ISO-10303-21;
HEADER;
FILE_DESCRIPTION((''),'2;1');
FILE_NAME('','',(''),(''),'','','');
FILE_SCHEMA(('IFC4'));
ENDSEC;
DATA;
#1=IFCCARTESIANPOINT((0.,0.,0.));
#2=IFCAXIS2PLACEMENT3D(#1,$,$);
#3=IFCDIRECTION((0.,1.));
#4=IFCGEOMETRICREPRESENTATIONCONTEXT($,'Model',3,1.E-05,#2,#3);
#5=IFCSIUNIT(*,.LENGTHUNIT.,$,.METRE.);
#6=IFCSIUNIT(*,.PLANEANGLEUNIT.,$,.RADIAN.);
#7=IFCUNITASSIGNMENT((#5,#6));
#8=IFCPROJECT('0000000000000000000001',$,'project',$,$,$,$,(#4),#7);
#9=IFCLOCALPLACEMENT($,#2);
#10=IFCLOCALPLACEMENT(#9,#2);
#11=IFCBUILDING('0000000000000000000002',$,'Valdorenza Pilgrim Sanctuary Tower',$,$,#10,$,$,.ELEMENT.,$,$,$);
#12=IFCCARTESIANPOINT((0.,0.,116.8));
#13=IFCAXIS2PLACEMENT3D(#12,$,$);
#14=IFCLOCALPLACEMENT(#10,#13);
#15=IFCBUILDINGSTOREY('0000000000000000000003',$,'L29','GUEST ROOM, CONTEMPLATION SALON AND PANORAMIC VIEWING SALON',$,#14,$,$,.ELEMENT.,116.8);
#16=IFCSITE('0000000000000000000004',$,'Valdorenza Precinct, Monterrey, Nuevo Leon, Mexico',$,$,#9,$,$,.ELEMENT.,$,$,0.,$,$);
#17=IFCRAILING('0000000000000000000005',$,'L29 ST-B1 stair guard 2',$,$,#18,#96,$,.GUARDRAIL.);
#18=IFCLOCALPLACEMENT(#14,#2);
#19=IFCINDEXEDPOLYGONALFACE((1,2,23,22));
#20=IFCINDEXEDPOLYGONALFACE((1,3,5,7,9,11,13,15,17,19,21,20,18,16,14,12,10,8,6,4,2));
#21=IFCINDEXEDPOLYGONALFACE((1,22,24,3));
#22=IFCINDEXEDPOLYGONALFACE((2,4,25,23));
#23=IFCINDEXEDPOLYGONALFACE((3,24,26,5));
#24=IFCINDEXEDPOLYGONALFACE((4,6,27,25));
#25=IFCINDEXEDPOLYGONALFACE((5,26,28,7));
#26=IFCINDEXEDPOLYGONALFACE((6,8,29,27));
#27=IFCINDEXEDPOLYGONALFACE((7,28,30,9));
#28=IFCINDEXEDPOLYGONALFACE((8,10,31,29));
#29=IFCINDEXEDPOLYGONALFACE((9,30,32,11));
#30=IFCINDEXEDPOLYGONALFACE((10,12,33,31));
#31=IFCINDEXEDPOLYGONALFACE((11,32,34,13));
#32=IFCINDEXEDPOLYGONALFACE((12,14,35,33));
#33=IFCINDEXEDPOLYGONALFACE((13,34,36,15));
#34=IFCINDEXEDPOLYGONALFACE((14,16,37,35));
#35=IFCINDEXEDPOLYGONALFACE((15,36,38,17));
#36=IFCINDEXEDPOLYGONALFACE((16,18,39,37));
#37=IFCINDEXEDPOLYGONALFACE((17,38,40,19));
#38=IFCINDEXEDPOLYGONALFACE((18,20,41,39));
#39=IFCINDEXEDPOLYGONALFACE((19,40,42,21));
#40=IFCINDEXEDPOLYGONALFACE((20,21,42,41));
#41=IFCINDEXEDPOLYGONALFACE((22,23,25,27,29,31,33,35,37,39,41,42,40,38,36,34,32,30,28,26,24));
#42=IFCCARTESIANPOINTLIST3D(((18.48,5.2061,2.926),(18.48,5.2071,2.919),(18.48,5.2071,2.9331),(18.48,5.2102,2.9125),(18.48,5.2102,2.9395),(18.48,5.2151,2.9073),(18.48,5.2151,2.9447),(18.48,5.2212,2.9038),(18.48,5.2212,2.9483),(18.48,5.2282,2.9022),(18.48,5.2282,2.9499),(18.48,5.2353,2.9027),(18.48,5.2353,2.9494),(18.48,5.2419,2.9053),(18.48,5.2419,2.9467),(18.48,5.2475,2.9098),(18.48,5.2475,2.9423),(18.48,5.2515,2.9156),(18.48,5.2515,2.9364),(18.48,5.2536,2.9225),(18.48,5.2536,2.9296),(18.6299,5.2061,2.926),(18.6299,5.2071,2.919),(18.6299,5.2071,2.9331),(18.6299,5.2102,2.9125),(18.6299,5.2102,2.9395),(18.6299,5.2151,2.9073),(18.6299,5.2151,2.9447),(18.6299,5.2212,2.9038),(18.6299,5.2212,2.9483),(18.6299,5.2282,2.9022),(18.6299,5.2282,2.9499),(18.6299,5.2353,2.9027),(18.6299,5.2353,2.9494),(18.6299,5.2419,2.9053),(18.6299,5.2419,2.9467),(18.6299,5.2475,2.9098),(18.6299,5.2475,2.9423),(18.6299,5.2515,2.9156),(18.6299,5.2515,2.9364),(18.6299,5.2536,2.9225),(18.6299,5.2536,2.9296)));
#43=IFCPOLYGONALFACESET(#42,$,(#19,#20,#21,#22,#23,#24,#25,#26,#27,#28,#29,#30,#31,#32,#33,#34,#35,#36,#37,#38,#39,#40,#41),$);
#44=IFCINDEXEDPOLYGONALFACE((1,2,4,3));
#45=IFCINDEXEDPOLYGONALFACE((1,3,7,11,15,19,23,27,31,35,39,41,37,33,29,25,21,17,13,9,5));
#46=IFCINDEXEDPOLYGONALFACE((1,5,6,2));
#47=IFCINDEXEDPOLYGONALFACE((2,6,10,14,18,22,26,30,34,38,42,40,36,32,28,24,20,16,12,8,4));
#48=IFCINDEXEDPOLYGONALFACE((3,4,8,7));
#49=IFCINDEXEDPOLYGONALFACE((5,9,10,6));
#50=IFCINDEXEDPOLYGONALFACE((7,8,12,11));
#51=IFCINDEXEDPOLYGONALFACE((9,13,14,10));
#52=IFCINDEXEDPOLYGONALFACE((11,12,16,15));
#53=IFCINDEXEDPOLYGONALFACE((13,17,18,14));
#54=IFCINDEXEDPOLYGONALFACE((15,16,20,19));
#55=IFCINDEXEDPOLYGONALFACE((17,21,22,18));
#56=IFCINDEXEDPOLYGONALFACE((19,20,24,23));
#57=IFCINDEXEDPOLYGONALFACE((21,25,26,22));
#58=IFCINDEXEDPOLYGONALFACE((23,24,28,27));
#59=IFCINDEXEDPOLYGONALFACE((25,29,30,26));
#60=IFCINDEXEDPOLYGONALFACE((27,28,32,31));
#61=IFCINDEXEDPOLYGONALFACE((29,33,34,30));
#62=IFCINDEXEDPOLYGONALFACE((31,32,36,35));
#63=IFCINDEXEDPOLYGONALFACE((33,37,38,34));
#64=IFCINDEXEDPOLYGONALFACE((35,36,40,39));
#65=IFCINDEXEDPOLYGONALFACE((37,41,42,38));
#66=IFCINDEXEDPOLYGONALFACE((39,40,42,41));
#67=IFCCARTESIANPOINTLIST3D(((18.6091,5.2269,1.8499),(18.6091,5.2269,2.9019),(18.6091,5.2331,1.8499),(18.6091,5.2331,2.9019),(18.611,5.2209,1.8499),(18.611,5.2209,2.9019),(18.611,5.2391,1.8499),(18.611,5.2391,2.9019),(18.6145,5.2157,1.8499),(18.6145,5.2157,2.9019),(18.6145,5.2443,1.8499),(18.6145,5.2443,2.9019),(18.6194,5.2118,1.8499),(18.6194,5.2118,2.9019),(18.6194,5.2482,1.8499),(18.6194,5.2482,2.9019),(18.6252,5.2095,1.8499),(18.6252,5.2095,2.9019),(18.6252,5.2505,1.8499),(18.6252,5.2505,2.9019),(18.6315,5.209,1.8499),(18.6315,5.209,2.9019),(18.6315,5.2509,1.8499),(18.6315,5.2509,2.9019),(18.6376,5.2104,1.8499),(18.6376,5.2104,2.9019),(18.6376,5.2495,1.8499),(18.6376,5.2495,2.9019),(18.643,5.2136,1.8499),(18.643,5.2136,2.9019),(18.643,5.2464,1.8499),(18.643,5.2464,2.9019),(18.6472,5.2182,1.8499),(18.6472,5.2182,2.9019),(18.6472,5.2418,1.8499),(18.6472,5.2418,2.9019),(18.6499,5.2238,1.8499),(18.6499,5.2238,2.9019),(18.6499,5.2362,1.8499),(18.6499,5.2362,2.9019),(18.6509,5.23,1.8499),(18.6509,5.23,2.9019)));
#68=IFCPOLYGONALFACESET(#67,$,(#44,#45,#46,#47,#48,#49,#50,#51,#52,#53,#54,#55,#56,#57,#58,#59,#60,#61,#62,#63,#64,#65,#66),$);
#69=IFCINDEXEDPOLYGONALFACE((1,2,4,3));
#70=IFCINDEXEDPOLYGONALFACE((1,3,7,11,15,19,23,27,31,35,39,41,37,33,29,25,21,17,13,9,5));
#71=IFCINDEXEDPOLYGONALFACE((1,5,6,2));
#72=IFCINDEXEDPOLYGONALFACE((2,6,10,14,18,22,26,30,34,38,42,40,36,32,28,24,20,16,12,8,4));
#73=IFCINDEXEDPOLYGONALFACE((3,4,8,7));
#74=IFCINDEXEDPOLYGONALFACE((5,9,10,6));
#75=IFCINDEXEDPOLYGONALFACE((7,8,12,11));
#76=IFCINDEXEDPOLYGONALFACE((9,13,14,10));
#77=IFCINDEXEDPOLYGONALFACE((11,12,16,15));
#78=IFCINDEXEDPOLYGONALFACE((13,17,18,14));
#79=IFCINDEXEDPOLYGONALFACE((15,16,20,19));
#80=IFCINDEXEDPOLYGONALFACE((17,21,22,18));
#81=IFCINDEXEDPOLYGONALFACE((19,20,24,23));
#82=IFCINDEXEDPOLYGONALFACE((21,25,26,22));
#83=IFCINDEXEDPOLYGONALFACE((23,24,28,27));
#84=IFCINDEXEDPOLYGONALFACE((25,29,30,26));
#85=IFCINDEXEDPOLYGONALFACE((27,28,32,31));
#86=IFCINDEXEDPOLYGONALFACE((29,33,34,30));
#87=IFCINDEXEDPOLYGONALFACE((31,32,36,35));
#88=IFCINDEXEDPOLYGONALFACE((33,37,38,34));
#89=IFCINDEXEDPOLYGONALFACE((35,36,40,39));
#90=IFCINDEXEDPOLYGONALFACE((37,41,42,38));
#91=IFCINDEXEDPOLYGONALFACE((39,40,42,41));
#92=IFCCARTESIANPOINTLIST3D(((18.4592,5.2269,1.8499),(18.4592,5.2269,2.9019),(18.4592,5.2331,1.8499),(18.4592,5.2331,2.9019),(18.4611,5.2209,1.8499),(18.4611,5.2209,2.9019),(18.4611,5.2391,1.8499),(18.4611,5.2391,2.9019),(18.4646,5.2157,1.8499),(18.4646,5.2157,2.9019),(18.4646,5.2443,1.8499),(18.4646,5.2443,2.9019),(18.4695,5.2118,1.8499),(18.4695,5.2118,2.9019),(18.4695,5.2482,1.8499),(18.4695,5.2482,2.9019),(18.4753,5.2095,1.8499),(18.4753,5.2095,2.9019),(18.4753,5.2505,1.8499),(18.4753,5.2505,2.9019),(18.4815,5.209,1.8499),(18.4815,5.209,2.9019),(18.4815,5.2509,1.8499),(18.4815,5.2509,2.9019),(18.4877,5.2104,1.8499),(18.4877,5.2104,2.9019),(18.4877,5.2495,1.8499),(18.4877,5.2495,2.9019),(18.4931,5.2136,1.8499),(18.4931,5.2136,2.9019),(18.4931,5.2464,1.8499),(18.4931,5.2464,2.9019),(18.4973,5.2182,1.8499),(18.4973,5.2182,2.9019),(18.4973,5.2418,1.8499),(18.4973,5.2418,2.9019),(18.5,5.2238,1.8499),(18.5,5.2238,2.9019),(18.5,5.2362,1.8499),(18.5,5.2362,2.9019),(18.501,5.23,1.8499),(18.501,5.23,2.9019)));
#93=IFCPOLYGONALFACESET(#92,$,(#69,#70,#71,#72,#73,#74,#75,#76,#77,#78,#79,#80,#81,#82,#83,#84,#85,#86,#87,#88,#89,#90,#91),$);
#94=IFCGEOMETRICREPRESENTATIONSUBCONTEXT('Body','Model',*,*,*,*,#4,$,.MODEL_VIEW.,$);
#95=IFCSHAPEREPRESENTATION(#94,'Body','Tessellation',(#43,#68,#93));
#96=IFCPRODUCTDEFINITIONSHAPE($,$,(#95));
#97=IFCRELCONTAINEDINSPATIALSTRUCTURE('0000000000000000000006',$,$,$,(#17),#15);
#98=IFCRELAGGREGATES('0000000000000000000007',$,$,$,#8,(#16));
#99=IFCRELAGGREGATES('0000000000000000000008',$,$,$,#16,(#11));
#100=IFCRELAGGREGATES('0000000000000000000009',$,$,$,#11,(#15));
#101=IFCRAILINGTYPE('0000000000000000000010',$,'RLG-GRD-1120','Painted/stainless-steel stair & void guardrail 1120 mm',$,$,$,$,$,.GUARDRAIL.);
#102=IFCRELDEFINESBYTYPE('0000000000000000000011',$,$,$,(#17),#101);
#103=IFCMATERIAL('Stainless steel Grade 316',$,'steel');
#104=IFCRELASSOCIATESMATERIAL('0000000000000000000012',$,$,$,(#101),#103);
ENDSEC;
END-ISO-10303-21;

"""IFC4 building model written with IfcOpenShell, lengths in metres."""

from ifc_helpers import new_model, si_unit, direction, frame, origin, origin_2d, place, context, subcontext, project, spatial, circle, extrude, material, type_object, element, save


model = new_model("IFC4")

# Units and contexts
model_context = context("Model", 3, precision=1e-05, world=origin(), true_north=direction((0.0, 1.0)))
body_context = subcontext(model_context, "Body", "Model", "MODEL_VIEW")
ifc_project = project(units=[si_unit("LENGTHUNIT", "METRE"), si_unit("PLANEANGLEUNIT", "RADIAN")], contexts=[model_context])

# Site, building, storey
site_placement = place(None, origin())
site = spatial("IfcSite", under=ifc_project, at=site_placement, Name="Valdorenza Precinct, Monterrey, Nuevo Leon, Mexico", CompositionType="ELEMENT", RefElevation=0.0)
building_placement = place(site_placement, origin())
building = spatial("IfcBuilding", under=site, at=building_placement, Name="Valdorenza Pilgrim Sanctuary Tower", CompositionType="ELEMENT")
storey_placement = place(building_placement, frame((0.0, 0.0, 116.8)))
storey = spatial("IfcBuildingStorey", under=building, at=storey_placement, Name="L29", Description="GUEST ROOM, CONTEMPLATION SALON AND PANORAMIC VIEWING SALON", CompositionType="ELEMENT", Elevation=116.8)

# Railing
ifc_material_1 = material(Name="Stainless steel Grade 316", Category="steel")
railing_type_1 = type_object("IfcRailingType", Name="RLG-GRD-1120", Description="Painted/stainless-steel stair & void guardrail 1120 mm", PredefinedType="GUARDRAIL", material=ifc_material_1)
railing_1_placement = place(storey_placement, frame((18.6299, 5.23, 1.8499)))
element("IfcRailing", 1, at=railing_1_placement, inside=storey, type_object=railing_type_1, Name="L29 ST-B1 stair guard 2", PredefinedType="GUARDRAIL", context=body_context, shape_type="SweptSolid", body=[
    extrude(circle(Radius=0.0239, at=origin_2d()), frame((0.0, 0.0, 1.0762), z_axis=(-1.0, 0.0, 0.0), x_axis=(0.0, -1.0, 0.0)), (0.0, 0.0, 1.0), 0.1499),
    extrude(circle(Radius=0.021, at=origin_2d()), origin(), (0.0, 0.0, 1.0), 1.052),
    extrude(circle(Radius=0.021, at=origin_2d()), frame((-0.1499, 0.0, 0.0)), (0.0, 0.0, 1.0), 1.052),
])

save(model, "model.ifc")
